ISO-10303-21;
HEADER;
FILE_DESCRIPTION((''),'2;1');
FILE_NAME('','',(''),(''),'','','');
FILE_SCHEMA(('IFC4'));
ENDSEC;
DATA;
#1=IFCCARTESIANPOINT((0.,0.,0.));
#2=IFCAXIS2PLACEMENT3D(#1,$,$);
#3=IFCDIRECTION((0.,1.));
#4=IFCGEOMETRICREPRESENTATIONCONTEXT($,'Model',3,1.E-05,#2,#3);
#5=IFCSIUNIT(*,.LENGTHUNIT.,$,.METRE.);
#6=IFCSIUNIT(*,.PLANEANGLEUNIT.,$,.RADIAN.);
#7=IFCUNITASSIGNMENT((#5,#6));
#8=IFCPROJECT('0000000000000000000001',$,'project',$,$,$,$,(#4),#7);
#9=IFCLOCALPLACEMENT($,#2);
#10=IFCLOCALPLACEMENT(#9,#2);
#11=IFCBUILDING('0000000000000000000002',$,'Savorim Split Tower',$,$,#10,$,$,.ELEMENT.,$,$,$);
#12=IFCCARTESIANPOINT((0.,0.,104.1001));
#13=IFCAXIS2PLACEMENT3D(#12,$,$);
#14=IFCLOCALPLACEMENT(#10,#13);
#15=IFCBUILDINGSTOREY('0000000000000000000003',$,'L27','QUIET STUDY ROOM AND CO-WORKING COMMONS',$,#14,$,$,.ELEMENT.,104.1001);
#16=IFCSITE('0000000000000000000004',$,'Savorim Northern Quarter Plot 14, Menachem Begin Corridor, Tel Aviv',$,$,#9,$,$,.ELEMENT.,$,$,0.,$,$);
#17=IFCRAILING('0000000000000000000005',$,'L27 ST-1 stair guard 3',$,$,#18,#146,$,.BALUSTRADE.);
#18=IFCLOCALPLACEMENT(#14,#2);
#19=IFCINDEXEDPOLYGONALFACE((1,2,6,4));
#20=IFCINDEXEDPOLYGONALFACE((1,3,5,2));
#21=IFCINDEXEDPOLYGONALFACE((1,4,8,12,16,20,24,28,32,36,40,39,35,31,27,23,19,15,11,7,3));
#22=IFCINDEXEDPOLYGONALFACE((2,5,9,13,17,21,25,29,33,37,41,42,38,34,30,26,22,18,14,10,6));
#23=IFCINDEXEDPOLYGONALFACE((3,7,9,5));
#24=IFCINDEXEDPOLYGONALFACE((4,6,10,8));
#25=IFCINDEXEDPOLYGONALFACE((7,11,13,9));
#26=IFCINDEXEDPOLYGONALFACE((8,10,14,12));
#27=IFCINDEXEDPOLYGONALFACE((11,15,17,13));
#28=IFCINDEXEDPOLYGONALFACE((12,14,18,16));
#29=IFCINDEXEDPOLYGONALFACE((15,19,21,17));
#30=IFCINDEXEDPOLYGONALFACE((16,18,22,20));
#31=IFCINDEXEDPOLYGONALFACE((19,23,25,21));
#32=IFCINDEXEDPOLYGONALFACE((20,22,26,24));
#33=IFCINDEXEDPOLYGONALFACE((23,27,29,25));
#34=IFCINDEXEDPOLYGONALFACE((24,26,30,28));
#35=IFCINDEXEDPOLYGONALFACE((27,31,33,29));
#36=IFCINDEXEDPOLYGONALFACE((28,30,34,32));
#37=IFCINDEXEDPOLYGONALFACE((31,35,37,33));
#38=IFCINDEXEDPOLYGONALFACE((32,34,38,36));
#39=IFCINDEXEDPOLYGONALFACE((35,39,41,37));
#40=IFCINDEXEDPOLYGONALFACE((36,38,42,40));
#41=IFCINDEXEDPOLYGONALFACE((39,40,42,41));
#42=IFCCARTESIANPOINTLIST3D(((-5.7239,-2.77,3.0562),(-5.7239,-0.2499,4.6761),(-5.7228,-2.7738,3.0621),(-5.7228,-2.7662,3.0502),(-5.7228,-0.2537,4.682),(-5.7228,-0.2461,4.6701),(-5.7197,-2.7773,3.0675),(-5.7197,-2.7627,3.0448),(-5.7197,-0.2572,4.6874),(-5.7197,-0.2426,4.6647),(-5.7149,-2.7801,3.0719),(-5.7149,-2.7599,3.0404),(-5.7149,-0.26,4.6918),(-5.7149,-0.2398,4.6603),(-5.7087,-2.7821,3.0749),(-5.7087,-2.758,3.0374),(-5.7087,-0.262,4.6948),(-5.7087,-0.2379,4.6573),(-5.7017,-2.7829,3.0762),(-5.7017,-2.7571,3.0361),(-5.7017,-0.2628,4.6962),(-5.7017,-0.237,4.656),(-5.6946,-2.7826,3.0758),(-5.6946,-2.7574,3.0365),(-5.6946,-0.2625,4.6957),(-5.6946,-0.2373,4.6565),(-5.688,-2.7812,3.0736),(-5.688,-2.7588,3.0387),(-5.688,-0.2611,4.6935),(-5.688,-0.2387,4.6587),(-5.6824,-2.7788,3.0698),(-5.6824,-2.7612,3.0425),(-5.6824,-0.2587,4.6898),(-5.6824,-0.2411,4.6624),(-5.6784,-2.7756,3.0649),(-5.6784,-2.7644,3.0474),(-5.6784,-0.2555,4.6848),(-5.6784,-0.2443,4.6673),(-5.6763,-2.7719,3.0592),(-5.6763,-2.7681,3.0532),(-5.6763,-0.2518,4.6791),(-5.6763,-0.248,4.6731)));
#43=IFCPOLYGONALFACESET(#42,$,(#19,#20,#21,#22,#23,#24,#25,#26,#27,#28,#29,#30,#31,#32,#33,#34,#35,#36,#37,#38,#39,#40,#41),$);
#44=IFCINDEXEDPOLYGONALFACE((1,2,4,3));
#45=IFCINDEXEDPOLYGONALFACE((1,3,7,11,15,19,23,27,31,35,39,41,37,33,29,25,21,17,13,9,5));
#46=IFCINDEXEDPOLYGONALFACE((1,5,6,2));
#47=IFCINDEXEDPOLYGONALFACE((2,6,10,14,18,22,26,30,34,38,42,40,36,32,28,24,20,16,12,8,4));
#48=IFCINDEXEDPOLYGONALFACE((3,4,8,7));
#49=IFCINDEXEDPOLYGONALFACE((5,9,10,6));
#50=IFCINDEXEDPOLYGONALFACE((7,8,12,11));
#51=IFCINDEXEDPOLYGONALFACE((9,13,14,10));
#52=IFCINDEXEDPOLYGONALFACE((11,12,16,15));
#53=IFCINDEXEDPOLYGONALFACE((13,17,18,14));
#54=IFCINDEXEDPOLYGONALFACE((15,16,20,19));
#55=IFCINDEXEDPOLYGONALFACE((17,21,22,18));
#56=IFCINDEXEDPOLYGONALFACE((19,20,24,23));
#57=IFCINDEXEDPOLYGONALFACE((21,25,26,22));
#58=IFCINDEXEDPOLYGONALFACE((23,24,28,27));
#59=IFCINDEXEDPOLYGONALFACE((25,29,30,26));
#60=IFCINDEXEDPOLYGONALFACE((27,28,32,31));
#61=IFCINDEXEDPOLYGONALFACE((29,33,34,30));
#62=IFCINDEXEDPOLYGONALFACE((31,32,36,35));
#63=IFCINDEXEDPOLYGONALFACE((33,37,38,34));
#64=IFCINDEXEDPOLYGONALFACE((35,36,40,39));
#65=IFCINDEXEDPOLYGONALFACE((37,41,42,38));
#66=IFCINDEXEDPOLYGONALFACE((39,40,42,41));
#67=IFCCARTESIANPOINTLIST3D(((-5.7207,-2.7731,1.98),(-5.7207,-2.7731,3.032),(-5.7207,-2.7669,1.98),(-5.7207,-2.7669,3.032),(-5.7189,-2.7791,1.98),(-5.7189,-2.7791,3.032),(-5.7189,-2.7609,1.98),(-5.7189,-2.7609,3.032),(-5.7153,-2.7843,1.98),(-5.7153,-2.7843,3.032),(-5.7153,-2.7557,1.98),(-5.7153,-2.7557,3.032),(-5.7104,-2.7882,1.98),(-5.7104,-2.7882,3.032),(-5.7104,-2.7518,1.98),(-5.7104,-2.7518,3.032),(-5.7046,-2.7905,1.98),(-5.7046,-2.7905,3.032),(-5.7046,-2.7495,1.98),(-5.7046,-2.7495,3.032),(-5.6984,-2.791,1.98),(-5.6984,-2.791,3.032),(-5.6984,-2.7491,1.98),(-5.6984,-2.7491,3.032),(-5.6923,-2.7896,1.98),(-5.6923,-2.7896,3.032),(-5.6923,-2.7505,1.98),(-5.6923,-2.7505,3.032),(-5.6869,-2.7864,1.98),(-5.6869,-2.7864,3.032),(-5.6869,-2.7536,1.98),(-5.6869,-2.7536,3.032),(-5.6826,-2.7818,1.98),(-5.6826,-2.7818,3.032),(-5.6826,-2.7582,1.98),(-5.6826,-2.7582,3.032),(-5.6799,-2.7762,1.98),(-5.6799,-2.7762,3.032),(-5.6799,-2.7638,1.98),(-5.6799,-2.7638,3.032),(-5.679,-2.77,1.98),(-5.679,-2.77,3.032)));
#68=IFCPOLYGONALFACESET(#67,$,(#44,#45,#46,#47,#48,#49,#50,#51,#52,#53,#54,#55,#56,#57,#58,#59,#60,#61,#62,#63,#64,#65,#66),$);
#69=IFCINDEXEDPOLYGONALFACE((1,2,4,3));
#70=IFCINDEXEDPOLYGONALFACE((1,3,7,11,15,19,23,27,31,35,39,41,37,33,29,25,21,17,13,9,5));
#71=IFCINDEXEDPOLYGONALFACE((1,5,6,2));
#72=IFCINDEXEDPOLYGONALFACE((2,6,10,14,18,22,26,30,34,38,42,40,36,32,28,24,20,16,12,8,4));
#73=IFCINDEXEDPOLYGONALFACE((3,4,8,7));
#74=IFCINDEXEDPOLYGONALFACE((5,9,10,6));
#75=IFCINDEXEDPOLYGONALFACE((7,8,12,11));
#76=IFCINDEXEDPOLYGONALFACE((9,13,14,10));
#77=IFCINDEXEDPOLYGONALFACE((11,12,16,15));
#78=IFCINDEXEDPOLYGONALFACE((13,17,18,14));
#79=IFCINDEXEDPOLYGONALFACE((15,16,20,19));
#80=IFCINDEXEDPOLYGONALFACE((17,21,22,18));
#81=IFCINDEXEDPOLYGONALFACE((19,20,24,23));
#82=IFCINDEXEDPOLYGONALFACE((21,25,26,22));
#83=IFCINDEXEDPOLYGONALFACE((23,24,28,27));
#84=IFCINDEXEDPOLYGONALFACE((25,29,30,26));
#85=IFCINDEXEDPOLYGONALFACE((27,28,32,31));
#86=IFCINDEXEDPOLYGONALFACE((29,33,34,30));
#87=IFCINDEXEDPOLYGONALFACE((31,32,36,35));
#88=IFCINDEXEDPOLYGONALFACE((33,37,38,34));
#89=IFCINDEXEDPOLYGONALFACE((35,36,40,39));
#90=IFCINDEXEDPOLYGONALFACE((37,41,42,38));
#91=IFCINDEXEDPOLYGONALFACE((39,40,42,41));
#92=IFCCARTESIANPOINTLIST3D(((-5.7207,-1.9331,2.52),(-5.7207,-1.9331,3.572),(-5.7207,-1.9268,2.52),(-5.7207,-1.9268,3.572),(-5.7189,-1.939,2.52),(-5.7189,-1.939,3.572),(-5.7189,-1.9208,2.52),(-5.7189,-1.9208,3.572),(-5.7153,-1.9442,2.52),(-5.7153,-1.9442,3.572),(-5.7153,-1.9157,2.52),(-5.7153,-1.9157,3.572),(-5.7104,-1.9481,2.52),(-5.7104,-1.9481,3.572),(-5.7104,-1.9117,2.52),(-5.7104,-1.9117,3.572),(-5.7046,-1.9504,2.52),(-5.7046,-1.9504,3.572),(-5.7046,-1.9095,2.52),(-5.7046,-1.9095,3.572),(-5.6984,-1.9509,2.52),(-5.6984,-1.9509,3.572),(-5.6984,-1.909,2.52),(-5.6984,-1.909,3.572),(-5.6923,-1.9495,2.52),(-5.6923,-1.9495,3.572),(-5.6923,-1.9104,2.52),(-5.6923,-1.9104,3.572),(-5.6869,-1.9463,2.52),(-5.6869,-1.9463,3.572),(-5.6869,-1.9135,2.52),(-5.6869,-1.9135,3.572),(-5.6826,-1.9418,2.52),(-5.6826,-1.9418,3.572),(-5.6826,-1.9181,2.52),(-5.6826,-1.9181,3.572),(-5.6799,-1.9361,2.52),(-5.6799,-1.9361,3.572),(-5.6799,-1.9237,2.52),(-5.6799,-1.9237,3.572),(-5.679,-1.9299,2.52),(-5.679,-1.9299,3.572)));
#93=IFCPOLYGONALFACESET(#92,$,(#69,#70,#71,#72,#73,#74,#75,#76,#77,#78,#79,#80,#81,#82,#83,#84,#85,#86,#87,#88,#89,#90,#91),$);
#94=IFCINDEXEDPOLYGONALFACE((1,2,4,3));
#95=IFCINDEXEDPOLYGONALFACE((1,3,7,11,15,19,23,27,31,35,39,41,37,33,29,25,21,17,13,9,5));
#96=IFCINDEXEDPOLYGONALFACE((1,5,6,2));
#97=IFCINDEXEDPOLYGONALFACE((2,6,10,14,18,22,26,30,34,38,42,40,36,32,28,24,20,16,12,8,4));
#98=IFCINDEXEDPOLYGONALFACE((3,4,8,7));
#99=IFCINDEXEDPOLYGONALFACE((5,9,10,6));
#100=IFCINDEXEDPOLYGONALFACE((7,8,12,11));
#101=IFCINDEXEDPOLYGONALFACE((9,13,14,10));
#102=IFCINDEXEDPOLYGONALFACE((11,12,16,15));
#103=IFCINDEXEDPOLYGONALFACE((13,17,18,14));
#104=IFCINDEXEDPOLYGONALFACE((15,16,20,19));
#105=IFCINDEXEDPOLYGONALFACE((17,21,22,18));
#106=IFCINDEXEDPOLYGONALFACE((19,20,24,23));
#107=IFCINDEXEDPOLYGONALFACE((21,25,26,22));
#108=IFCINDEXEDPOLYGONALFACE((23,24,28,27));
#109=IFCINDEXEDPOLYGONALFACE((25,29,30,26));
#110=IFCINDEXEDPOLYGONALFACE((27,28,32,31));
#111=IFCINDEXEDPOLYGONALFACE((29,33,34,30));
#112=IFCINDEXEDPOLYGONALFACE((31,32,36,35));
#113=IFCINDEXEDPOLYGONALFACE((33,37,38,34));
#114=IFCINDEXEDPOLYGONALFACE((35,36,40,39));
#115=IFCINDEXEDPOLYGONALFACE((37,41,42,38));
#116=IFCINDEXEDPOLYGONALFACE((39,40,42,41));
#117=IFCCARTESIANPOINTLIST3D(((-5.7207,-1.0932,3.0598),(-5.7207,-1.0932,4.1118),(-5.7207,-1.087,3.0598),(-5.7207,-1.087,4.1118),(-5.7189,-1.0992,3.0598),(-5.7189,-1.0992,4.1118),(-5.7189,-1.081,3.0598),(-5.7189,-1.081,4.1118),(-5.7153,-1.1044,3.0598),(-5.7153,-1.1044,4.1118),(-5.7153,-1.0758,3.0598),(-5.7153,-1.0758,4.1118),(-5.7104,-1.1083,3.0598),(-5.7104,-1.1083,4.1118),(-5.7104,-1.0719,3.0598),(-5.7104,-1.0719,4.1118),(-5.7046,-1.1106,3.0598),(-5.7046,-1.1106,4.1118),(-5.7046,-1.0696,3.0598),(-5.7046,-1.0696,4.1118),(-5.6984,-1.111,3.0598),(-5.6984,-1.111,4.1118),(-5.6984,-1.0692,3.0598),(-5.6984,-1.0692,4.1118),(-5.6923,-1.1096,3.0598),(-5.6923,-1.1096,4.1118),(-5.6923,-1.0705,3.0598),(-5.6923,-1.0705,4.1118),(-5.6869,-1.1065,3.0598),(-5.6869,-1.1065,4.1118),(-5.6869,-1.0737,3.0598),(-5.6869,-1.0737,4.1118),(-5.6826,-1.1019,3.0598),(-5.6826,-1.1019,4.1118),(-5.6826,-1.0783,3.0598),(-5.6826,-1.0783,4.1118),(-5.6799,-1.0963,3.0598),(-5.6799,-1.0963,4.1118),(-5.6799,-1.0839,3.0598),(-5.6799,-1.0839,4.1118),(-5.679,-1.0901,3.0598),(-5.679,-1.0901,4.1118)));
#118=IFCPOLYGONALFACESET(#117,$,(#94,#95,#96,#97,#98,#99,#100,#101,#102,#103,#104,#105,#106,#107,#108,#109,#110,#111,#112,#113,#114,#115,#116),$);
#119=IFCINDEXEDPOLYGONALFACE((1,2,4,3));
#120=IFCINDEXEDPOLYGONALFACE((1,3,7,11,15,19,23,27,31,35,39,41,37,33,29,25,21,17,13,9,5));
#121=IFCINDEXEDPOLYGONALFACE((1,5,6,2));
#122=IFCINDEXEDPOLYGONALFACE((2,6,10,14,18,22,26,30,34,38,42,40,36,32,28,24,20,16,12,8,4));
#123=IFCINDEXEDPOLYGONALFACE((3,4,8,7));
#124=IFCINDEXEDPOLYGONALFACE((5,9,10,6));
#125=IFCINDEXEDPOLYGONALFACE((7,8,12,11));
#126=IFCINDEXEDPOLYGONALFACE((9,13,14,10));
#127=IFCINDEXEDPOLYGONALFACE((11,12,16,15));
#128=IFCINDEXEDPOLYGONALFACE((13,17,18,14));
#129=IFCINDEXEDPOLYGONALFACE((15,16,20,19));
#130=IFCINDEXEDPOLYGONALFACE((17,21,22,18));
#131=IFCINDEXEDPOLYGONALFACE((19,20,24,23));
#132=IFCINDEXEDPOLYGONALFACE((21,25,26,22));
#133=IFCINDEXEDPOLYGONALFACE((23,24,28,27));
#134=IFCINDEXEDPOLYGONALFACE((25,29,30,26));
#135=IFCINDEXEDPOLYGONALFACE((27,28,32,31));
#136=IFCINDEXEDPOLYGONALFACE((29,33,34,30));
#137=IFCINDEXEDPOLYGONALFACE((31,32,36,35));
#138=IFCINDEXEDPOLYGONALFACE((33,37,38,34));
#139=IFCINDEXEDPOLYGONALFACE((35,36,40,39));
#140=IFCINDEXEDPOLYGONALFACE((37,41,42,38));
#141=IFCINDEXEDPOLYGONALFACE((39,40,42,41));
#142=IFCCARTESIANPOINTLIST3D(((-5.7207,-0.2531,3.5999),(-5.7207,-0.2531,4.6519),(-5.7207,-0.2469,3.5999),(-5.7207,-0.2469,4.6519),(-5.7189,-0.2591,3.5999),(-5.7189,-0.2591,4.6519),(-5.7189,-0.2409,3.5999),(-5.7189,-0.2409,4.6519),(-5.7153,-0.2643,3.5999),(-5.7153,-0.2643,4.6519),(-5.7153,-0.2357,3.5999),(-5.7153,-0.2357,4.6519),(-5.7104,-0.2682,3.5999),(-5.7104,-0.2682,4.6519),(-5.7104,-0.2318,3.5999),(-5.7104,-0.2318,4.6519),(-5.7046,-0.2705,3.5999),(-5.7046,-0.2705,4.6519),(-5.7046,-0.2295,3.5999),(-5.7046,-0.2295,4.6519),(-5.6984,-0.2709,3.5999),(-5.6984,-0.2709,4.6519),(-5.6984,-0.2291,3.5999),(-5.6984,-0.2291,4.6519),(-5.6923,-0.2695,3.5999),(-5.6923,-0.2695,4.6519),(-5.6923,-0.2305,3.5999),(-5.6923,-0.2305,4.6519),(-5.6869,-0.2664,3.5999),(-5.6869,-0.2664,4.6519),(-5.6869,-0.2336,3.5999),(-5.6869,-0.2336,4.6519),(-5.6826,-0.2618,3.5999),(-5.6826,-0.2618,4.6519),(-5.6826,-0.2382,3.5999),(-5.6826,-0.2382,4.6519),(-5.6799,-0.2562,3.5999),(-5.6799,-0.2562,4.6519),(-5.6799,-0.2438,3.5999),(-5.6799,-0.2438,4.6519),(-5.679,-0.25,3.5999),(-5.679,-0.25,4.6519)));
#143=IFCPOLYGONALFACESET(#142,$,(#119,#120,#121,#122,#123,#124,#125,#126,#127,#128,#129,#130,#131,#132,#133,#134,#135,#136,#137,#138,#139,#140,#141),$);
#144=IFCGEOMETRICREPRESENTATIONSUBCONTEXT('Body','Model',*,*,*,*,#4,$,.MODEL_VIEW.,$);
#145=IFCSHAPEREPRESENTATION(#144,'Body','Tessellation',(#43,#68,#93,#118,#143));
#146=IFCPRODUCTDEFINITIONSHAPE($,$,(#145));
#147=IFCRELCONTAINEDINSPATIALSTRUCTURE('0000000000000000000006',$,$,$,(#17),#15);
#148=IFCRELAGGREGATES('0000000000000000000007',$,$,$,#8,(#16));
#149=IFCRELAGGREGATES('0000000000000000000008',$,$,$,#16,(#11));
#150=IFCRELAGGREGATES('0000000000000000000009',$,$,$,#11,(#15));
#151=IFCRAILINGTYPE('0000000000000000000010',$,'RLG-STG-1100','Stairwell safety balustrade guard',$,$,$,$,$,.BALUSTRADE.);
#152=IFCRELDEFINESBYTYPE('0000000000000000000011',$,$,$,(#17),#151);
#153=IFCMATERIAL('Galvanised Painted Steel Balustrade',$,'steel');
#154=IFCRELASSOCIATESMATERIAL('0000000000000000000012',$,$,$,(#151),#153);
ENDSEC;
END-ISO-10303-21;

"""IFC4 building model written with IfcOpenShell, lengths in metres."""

from ifc_helpers import new_model, si_unit, direction, frame, origin, origin_2d, place, context, subcontext, project, spatial, circle, extrude, material, type_object, element, save


model = new_model("IFC4")

# Units and contexts
model_context = context("Model", 3, precision=1e-05, world=origin(), true_north=direction((0.0, 1.0)))
body_context = subcontext(model_context, "Body", "Model", "MODEL_VIEW")
ifc_project = project(units=[si_unit("LENGTHUNIT", "METRE"), si_unit("PLANEANGLEUNIT", "RADIAN")], contexts=[model_context])

# Site, building, storey
site_placement = place(None, origin())
site = spatial("IfcSite", under=ifc_project, at=site_placement, Name="Savorim Northern Quarter Plot 14, Menachem Begin Corridor, Tel Aviv", CompositionType="ELEMENT", RefElevation=0.0)
building_placement = place(site_placement, origin())
building = spatial("IfcBuilding", under=site, at=building_placement, Name="Savorim Split Tower", CompositionType="ELEMENT")
storey_placement = place(building_placement, frame((0.0, 0.0, 104.1001)))
storey = spatial("IfcBuildingStorey", under=building, at=storey_placement, Name="L27", Description="QUIET STUDY ROOM AND CO-WORKING COMMONS", CompositionType="ELEMENT", Elevation=104.1001)

# Railing
ifc_material_1 = material(Name="Galvanised Painted Steel Balustrade", Category="steel")
railing_type_1 = type_object("IfcRailingType", Name="RLG-STG-1100", Description="Stairwell safety balustrade guard", PredefinedType="BALUSTRADE", material=ifc_material_1)
railing_1_placement = place(storey_placement, frame((-5.7, -2.77, 1.98)))
element("IfcRailing", 1, at=railing_1_placement, inside=storey, type_object=railing_type_1, Name="L27 ST-1 stair guard 3", PredefinedType="BALUSTRADE", context=body_context, shape_type="SweptSolid", body=[
    extrude(circle(Radius=0.0239, at=origin_2d()), frame((0.0, 0.0, 1.0762), z_axis=(0.0, 0.8412, 0.540725), x_axis=(-1.0, 0.0, 0.0)), (0.0, 0.0, 1.0), 2.9958),
    extrude(circle(Radius=0.021, at=origin_2d()), origin(), (0.0, 0.0, 1.0), 1.052),
    extrude(circle(Radius=0.021, at=origin_2d()), frame((0.0, 0.8401, 0.54)), (0.0, 0.0, 1.0), 1.052),
    extrude(circle(Radius=0.021, at=origin_2d()), frame((0.0, 1.6799, 1.0798)), (0.0, 0.0, 1.0), 1.052),
    extrude(circle(Radius=0.021, at=origin_2d()), frame((0.0, 2.52, 1.6199)), (0.0, 0.0, 1.0), 1.052),
])

save(model, "model.ifc")
